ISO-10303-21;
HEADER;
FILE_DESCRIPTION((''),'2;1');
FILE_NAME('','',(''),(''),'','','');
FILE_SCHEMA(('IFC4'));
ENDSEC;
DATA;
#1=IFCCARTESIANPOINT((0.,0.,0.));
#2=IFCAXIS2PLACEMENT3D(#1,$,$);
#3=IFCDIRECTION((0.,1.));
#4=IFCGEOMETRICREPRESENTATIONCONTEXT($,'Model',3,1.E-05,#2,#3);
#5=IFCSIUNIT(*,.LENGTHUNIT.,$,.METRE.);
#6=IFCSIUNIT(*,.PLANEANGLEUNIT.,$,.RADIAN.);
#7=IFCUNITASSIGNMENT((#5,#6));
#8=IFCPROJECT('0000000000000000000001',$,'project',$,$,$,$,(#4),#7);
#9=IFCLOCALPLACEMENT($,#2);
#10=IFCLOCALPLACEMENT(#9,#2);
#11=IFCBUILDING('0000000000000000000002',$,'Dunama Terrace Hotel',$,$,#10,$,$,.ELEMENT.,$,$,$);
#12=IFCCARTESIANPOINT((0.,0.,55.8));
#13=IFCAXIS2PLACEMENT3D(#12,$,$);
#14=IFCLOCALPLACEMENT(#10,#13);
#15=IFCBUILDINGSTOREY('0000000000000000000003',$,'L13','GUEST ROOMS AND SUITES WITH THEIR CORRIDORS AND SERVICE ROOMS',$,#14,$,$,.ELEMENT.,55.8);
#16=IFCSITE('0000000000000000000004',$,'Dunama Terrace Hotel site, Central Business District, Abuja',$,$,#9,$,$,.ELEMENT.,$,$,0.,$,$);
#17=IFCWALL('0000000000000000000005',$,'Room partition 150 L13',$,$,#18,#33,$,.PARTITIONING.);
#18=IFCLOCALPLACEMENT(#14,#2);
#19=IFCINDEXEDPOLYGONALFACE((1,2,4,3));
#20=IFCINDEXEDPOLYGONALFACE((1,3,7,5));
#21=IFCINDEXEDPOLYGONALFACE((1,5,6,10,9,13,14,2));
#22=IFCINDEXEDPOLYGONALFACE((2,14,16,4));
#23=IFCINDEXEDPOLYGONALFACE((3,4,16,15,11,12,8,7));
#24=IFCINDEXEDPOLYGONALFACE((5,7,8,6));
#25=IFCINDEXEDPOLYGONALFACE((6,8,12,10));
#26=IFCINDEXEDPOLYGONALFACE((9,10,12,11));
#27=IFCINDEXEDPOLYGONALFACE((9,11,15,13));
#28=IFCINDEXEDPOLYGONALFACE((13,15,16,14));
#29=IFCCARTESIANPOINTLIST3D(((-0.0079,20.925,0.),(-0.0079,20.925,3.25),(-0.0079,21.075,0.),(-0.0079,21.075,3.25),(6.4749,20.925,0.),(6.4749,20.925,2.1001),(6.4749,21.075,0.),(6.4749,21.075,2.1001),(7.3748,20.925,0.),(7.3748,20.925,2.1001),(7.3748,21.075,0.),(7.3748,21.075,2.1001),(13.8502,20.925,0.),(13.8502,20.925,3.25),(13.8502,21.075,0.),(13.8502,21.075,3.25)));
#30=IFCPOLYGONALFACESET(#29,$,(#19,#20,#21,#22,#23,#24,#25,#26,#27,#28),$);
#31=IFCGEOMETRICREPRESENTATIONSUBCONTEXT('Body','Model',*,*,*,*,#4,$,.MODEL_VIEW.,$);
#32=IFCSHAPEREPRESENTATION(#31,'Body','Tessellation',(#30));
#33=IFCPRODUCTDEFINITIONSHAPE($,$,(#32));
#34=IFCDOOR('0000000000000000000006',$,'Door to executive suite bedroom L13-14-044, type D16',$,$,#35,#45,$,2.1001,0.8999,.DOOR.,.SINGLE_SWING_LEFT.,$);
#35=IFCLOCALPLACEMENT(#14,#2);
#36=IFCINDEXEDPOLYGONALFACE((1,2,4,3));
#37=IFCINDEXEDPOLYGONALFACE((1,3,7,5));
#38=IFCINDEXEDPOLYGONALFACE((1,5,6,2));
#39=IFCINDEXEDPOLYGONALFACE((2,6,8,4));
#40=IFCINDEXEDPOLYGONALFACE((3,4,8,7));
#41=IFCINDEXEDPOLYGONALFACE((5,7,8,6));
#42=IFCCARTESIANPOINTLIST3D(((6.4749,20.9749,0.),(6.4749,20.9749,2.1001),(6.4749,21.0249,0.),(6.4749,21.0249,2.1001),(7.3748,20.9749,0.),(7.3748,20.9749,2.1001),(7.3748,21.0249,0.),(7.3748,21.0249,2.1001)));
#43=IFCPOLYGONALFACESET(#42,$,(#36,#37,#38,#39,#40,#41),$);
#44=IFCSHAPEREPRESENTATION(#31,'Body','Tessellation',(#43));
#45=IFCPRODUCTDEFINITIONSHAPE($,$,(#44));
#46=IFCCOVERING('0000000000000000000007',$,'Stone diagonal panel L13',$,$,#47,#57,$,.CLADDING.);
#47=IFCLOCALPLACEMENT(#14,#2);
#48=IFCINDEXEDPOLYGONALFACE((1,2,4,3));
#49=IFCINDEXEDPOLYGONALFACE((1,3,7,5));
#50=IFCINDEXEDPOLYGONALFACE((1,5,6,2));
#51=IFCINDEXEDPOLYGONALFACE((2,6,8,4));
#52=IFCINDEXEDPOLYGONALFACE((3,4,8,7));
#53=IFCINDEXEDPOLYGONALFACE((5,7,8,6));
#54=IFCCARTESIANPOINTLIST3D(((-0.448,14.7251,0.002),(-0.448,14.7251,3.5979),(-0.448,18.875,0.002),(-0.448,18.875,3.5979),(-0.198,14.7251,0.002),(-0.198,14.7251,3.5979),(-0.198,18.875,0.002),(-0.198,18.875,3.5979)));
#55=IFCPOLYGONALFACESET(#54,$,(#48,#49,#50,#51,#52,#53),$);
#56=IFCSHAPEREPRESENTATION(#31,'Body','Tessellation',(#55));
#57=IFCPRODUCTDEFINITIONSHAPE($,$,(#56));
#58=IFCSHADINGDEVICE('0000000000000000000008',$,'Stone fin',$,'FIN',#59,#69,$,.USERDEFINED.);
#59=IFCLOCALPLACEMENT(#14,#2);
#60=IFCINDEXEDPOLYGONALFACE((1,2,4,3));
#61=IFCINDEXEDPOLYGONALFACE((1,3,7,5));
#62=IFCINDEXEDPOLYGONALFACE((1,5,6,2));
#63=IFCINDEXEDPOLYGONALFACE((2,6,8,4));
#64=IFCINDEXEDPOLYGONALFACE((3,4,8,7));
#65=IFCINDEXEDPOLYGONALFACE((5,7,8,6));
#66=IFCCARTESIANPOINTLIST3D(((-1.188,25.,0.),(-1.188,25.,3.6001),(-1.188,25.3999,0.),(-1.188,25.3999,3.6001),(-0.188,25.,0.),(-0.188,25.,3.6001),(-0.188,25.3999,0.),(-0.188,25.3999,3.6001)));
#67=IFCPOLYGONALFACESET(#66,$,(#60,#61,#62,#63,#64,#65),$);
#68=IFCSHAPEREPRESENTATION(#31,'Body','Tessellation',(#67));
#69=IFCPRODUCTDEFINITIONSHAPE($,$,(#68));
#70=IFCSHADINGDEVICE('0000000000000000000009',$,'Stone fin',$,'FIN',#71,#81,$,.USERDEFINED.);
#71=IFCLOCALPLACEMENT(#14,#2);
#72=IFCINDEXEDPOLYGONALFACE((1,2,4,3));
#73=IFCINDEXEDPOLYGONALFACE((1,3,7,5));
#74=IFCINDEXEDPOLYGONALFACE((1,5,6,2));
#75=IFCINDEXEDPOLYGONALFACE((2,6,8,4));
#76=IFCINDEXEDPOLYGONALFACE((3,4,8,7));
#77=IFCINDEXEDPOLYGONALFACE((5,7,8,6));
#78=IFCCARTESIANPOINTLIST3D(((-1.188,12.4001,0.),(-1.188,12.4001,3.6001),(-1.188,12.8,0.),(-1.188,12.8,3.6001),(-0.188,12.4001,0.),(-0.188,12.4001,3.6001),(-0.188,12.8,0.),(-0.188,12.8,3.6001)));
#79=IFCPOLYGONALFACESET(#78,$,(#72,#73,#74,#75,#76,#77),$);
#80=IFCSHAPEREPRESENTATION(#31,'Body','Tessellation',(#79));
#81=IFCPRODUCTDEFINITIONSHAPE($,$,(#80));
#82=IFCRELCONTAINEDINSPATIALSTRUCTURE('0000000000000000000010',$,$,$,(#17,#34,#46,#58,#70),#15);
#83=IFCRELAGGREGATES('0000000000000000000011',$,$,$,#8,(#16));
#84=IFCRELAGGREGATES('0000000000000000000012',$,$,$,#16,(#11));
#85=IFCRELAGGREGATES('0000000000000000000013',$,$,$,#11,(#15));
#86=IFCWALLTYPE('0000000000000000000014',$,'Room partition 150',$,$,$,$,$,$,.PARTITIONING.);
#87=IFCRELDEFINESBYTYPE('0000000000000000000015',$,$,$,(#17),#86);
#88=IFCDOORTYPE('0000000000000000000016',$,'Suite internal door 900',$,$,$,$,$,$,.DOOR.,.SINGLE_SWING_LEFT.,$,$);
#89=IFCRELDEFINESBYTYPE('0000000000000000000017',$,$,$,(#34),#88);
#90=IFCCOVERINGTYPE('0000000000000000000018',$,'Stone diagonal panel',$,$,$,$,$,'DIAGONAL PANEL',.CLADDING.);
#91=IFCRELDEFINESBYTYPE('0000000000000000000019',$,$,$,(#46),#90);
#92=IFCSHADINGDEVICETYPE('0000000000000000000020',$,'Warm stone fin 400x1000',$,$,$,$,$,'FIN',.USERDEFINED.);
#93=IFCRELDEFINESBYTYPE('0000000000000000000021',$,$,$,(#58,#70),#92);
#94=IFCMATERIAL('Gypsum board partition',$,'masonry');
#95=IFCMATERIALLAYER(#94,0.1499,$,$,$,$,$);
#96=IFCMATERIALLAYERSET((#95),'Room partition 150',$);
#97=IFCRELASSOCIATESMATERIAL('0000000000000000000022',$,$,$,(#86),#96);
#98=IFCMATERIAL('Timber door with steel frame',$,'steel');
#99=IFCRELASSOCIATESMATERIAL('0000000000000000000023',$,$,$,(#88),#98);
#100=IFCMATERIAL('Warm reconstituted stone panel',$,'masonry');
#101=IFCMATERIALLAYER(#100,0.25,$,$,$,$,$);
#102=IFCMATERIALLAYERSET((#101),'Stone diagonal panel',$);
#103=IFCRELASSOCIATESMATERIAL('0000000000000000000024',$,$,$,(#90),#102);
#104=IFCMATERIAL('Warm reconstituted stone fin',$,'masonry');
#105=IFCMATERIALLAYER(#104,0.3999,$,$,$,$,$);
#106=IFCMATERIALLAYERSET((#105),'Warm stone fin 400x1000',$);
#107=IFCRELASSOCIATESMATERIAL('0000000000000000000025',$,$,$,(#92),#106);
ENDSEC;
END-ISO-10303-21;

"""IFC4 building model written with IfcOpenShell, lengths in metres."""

from ifc_helpers import new_model, si_unit, direction, frame, frame_2d, origin, origin_2d, place, context, subcontext, project, spatial, rectangle, extrude, material, layer, layer_set, type_object, element, fill, save


model = new_model("IFC4")

# Units and contexts
model_context = context("Model", 3, precision=1e-05, world=origin(), true_north=direction((0.0, 1.0)))
body_context = subcontext(model_context, "Body", "Model", "MODEL_VIEW")
ifc_project = project(units=[si_unit("LENGTHUNIT", "METRE"), si_unit("PLANEANGLEUNIT", "RADIAN")], contexts=[model_context])

# Site, building, storey
site_placement = place(None, origin())
site = spatial("IfcSite", under=ifc_project, at=site_placement, Name="Dunama Terrace Hotel site, Central Business District, Abuja", CompositionType="ELEMENT", RefElevation=0.0)
building_placement = place(site_placement, origin())
building = spatial("IfcBuilding", under=site, at=building_placement, Name="Dunama Terrace Hotel", CompositionType="ELEMENT")
storey_placement = place(building_placement, frame((0.0, 0.0, 55.8)))
storey = spatial("IfcBuildingStorey", under=building, at=storey_placement, Name="L13", Description="GUEST ROOMS AND SUITES WITH THEIR CORRIDORS AND SERVICE ROOMS", CompositionType="ELEMENT", Elevation=55.8)

# Shared definitions
ifc_material_1 = material(Name="Gypsum board partition", Category="masonry")
ifc_layer_1 = layer(ifc_material_1, 0.1499)
ifc_layer_set_1 = layer_set([ifc_layer_1], Name="Room partition 150")
wall_type_1 = type_object("IfcWallType", Name="Room partition 150", PredefinedType="PARTITIONING", material=ifc_layer_set_1)

# Wall, opening, door
ifc_material_2 = material(Name="Timber door with steel frame", Category="steel")
door_type = type_object("IfcDoorType", Name="Suite internal door 900", OperationType="SINGLE_SWING_LEFT", PredefinedType="DOOR", material=ifc_material_2)
wall_1_placement = place(storey_placement, frame((-0.0081, 21.0, 0.0), z_axis=(0.0, 0.0, 1.0), x_axis=(1.0, 0.0, 0.0)))
wall_1 = element("IfcWall", 1, at=wall_1_placement, inside=storey, type_object=wall_type_1, Name="Room partition 150 L13", PredefinedType="PARTITIONING", context=body_context, shape_type="SweptSolid", body=[
    extrude(rectangle(XDim=13.8582, YDim=0.1499, at=frame_2d((6.9292, 0.0))), origin(), (0.0, 0.0, 1.0), 3.25),
])
opening_1_placement = place(wall_1_placement, frame((6.4829, 0.0, 0.0)))
opening_1 = element("IfcOpeningElement", 2, at=opening_1_placement, cuts=wall_1, PredefinedType="OPENING", context=body_context, shape_type="SweptSolid", body=[
    extrude(rectangle(XDim=0.8999, YDim=2.1001, at=frame_2d((0.45, 1.05))), frame((0.0, 0.085, 0.0), z_axis=(0.0, -1.0, 0.0), x_axis=(1.0, 0.0, 0.0)), (0.0, 0.0, 1.0), 0.1699),
])
door_1_placement = place(opening_1_placement, origin())
door_1 = element("IfcDoor", 3, at=door_1_placement, inside=storey, type_object=door_type, Name="Door to executive suite bedroom L13-14-044, type D16", OperationType="SINGLE_SWING_LEFT", OverallHeight=2.1001, OverallWidth=0.8999, PredefinedType="DOOR", context=body_context, shape_type="SweptSolid", body=[
    extrude(rectangle(XDim=0.8999, YDim=2.1001, at=frame_2d((0.45, 1.05))), frame((0.0, 0.0249, 0.0), z_axis=(0.0, -1.0, 0.0), x_axis=(1.0, 0.0, 0.0)), (0.0, 0.0, 1.0), 0.05),
])
fill(opening_1, door_1)

# Covering
ifc_material_3 = material(Name="Warm reconstituted stone panel", Category="masonry")
ifc_layer_2 = layer(ifc_material_3, 0.25)
ifc_layer_set_2 = layer_set([ifc_layer_2], Name="Stone diagonal panel")
covering_type = type_object("IfcCoveringType", Name="Stone diagonal panel", ElementType="DIAGONAL PANEL", PredefinedType="CLADDING", material=ifc_layer_set_2)
covering_placement = place(storey_placement, frame((-0.323, 16.8, 0.002), z_axis=(0.0, 0.0, 1.0), x_axis=(0.0, -1.0, 0.0)))
element("IfcCovering", 4, at=covering_placement, inside=storey, type_object=covering_type, Name="Stone diagonal panel L13", PredefinedType="CLADDING", context=body_context, shape_type="SweptSolid", body=[
    extrude(rectangle(XDim=4.1499, YDim=0.25, at=origin_2d()), origin(), (0.0, 0.0, 1.0), 3.5959),
])

# Shading devices
ifc_material_4 = material(Name="Warm reconstituted stone fin", Category="masonry")
ifc_layer_3 = layer(ifc_material_4, 0.3999)
ifc_layer_set_3 = layer_set([ifc_layer_3], Name="Warm stone fin 400x1000")
shading_device_type = type_object("IfcShadingDeviceType", Name="Warm stone fin 400x1000", ElementType="FIN", PredefinedType="USERDEFINED", material=ifc_layer_set_3)
for number, where, z_axis, x_axis, name in (
    (5, (-0.688, 25.2, 0.0), (0.0, 0.0, 1.0), (0.0, -1.0, 0.0), "Stone fin"),
    (6, (-0.688, 12.6001, 0.0), (0.0, 0.0, 1.0), (0.0, -1.0, 0.0), "Stone fin"),
):
    element("IfcShadingDevice", number, at=place(storey_placement, frame(where, z_axis=z_axis, x_axis=x_axis)), inside=storey, type_object=shading_device_type, Name=name, ObjectType="FIN", PredefinedType="USERDEFINED", context=body_context, shape_type="SweptSolid", body=[
        extrude(rectangle(XDim=0.3999, YDim=1.0, at=origin_2d()), origin(), (0.0, 0.0, 1.0), 3.6001),
    ])

save(model, "model.ifc")
